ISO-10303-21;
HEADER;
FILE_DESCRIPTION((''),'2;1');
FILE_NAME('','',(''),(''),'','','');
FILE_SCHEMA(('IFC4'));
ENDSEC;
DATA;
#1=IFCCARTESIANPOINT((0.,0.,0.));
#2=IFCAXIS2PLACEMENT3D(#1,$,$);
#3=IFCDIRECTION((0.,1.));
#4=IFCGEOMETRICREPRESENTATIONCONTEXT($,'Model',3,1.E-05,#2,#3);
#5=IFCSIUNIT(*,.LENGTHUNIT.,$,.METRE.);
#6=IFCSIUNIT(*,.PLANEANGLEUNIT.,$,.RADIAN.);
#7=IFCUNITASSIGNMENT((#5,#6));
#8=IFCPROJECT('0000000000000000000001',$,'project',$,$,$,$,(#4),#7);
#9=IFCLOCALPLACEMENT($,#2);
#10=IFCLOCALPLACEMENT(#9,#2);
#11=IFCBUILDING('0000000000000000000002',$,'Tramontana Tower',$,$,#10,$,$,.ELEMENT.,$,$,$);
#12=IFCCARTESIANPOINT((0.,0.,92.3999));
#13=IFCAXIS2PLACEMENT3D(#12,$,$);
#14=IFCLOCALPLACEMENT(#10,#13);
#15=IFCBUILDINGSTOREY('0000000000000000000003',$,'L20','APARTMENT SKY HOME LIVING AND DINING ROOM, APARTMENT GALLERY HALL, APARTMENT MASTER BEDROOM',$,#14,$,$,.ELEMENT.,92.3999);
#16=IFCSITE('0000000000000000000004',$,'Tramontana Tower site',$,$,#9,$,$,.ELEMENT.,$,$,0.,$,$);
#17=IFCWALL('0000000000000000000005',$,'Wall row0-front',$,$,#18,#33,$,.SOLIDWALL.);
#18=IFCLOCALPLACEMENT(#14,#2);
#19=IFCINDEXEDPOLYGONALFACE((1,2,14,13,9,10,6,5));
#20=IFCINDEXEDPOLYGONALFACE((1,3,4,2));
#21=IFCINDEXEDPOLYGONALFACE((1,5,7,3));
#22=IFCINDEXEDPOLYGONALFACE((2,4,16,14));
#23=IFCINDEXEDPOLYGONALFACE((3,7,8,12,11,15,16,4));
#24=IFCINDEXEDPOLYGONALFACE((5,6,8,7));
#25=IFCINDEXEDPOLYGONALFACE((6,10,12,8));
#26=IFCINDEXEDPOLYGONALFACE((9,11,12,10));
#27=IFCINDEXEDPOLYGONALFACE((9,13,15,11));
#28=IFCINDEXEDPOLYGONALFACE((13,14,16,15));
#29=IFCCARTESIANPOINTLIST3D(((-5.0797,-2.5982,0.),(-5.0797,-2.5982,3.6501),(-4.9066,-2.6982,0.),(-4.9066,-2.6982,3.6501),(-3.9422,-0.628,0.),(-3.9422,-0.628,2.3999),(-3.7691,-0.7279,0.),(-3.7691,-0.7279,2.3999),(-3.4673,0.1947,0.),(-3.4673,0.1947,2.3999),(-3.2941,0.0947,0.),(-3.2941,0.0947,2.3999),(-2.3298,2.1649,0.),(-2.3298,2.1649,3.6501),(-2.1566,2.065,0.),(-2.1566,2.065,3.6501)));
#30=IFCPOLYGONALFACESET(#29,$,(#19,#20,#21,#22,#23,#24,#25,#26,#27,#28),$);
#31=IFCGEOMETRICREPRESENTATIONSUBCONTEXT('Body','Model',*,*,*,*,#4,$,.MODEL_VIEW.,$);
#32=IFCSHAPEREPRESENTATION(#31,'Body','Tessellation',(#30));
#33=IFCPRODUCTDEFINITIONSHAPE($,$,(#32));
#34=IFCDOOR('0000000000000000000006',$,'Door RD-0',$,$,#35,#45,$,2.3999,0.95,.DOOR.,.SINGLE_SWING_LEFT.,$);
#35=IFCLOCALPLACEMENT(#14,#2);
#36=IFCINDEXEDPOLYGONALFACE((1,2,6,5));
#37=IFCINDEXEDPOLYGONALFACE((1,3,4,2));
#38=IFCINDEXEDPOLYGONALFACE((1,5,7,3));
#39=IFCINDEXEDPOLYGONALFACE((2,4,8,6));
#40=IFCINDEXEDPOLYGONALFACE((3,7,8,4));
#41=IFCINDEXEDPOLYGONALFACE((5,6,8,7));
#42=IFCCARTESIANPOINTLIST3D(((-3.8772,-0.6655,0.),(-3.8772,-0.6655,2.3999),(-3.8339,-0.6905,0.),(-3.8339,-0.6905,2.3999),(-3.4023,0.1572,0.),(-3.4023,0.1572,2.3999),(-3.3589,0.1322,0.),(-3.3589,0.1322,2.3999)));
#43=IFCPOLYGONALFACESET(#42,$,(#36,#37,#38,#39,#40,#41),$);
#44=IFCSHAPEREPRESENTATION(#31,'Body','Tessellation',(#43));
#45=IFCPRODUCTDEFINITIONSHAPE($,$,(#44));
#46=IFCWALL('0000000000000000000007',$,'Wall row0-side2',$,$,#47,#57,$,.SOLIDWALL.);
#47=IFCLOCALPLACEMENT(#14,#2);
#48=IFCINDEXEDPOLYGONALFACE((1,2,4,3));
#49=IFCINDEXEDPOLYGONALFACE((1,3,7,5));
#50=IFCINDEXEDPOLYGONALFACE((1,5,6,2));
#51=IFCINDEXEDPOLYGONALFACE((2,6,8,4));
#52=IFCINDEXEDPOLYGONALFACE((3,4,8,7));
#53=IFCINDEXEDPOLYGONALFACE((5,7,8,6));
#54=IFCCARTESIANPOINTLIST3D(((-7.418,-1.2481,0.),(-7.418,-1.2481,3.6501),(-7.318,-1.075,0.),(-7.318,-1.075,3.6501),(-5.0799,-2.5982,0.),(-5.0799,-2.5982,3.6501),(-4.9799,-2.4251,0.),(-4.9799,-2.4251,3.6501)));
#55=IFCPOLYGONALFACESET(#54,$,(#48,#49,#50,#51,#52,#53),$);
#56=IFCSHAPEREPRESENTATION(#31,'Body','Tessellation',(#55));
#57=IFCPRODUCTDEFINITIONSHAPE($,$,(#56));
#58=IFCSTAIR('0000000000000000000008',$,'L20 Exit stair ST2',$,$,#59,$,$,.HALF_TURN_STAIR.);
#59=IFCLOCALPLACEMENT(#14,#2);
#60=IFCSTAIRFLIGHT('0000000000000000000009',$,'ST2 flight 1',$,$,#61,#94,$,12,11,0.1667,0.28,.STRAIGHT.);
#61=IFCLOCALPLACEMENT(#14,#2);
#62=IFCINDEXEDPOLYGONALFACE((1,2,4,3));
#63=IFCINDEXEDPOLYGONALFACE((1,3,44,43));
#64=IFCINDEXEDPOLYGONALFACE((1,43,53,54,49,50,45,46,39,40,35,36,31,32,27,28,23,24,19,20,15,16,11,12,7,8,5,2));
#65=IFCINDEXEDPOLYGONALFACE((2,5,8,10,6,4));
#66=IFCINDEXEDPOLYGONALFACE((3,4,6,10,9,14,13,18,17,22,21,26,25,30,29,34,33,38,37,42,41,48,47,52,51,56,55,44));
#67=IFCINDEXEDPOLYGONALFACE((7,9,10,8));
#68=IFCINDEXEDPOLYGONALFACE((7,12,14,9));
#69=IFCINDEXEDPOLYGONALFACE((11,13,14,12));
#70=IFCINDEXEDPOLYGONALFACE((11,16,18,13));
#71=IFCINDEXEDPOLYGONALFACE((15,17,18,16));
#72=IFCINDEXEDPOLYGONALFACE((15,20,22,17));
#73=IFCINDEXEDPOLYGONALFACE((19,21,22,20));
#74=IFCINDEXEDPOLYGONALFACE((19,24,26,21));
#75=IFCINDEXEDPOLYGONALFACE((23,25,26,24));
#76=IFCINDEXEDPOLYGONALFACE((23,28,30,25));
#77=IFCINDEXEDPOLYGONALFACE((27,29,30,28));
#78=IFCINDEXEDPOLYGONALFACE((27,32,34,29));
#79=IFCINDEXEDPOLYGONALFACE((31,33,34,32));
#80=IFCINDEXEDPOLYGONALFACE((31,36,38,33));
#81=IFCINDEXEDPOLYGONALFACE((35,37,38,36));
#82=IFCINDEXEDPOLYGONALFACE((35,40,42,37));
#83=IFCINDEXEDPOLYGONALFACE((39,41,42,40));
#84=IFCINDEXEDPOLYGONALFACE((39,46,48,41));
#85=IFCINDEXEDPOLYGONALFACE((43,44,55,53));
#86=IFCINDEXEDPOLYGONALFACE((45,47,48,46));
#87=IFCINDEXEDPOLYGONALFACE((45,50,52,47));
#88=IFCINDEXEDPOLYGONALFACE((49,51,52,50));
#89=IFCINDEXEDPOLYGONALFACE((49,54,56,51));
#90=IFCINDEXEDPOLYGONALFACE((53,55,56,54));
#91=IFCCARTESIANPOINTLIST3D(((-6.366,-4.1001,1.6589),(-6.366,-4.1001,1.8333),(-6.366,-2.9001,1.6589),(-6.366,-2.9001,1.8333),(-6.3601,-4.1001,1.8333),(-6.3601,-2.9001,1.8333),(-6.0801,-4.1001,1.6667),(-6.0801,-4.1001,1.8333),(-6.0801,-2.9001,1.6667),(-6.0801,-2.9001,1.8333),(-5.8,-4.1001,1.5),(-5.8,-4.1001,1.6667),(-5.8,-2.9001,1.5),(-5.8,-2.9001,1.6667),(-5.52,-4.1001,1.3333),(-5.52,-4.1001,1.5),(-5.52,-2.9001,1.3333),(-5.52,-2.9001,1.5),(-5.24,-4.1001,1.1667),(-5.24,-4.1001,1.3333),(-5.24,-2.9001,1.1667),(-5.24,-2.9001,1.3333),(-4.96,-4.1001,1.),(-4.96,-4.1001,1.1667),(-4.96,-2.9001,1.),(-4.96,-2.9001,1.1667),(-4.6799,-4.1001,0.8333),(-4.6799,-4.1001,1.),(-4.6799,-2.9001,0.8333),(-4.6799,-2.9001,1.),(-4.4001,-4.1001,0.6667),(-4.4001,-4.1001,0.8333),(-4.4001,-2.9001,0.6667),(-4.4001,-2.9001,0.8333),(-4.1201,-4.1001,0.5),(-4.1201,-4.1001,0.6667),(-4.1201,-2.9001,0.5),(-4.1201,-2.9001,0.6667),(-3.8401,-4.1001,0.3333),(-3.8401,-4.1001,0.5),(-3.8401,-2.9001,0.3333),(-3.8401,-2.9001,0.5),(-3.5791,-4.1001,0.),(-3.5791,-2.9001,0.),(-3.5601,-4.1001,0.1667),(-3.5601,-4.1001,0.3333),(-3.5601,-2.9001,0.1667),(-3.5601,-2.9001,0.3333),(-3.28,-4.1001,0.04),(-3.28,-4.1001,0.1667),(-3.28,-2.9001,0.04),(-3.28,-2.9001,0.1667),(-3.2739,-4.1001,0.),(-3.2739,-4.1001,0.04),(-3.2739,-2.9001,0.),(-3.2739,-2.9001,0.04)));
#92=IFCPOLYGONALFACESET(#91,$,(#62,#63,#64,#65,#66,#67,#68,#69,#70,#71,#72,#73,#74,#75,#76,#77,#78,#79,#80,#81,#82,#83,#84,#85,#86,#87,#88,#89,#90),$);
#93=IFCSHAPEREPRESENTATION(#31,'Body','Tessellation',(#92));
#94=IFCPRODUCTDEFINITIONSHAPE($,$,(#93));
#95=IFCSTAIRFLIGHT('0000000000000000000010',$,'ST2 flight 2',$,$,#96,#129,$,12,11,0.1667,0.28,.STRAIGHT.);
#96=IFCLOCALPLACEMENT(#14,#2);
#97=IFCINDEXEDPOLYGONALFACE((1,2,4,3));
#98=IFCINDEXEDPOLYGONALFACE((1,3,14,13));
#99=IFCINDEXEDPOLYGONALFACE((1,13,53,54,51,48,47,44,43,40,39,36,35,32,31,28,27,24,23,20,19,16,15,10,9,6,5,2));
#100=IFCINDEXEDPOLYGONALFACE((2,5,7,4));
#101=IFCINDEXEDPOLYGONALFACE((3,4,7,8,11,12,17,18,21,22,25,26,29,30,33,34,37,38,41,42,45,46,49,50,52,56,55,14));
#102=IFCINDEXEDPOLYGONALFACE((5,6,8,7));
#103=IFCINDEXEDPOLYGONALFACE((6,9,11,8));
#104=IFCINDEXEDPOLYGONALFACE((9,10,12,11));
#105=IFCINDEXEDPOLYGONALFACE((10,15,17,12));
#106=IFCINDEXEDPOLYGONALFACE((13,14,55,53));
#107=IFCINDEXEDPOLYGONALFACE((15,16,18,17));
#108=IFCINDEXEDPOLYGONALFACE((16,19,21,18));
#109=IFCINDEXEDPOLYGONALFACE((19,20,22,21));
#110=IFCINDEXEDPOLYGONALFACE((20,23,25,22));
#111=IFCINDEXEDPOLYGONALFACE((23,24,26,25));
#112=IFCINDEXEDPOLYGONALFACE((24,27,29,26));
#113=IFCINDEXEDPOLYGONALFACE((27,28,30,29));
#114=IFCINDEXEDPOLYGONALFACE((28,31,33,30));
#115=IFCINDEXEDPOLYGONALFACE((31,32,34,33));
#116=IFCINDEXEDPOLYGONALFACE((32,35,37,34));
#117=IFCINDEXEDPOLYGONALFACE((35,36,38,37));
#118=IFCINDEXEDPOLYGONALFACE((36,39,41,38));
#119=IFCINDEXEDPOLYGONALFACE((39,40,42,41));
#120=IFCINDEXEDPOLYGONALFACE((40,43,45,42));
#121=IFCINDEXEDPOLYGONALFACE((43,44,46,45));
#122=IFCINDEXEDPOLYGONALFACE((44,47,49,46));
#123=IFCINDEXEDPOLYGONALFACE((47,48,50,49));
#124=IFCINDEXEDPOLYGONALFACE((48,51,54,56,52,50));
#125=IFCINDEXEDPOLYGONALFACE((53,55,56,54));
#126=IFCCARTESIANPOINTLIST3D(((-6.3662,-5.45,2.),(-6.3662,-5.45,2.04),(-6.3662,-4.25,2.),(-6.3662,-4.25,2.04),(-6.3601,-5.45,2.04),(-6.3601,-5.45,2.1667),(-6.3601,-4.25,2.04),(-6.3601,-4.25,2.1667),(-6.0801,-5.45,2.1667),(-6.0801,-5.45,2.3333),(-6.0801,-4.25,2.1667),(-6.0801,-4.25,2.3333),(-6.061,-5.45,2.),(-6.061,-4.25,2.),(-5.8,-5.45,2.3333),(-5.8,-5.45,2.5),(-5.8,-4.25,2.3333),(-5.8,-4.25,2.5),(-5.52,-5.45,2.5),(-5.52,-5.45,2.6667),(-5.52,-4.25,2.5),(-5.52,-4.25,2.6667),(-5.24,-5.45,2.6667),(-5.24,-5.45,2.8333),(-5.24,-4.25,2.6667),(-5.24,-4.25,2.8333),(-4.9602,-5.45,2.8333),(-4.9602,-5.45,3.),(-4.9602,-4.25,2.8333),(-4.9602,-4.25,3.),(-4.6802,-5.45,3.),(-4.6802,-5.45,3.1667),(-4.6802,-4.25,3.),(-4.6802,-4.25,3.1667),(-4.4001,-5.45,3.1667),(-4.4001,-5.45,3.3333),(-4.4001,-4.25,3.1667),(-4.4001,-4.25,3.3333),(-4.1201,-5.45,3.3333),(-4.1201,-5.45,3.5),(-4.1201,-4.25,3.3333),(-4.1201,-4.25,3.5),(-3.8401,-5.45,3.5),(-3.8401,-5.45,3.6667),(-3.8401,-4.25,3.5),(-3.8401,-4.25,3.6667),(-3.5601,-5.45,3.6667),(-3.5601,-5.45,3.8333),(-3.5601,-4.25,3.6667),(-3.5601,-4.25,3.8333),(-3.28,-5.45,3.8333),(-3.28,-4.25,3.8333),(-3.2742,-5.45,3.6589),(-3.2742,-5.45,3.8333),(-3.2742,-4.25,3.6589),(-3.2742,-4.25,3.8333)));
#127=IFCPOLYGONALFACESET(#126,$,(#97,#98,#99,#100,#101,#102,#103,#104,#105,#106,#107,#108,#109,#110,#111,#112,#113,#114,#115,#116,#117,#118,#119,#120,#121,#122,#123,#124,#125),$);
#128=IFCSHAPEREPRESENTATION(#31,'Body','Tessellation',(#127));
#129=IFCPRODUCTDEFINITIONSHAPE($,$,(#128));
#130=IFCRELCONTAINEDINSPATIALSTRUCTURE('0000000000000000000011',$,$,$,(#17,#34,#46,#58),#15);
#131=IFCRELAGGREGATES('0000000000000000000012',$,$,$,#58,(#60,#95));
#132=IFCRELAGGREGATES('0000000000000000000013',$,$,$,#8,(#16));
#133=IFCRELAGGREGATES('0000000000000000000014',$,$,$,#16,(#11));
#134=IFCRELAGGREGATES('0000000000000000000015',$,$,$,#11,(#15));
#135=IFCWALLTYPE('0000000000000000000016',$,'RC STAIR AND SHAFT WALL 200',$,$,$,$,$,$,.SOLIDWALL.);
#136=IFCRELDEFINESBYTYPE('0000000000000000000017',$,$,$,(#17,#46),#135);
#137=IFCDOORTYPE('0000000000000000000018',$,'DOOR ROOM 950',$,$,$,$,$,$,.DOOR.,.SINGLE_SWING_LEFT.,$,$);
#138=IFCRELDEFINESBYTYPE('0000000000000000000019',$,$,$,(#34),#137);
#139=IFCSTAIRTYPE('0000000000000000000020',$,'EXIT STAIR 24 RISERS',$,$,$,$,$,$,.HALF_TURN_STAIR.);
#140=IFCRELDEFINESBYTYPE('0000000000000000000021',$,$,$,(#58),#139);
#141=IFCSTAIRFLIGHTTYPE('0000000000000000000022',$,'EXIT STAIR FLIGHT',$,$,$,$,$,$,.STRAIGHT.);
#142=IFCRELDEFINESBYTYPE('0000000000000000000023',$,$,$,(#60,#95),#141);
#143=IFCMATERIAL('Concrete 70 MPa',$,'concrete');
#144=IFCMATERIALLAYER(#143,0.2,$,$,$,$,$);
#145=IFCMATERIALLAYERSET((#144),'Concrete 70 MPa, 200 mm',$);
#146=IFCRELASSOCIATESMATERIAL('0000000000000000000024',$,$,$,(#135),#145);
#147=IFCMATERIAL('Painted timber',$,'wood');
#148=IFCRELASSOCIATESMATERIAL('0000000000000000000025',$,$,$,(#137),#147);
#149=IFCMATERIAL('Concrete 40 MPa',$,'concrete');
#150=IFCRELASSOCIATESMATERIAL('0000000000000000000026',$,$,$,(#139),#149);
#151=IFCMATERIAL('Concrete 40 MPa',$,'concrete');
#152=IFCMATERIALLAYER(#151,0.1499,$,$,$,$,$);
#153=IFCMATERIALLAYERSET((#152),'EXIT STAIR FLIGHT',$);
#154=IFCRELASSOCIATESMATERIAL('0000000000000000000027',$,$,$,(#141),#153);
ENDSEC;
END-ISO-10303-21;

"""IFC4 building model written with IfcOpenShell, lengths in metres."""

from ifc_helpers import new_model, si_unit, direction, frame, frame_2d, origin, place, context, subcontext, project, spatial, polyline, rectangle, outline, extrude, material, layer, layer_set, type_object, element, fill, aggregate, save


model = new_model("IFC4")

# Units and contexts
model_context = context("Model", 3, precision=1e-05, world=origin(), true_north=direction((0.0, 1.0)))
body_context = subcontext(model_context, "Body", "Model", "MODEL_VIEW")
ifc_project = project(units=[si_unit("LENGTHUNIT", "METRE"), si_unit("PLANEANGLEUNIT", "RADIAN")], contexts=[model_context])

# Site, building, storey
site_placement = place(None, origin())
site = spatial("IfcSite", under=ifc_project, at=site_placement, Name="Tramontana Tower site", CompositionType="ELEMENT", RefElevation=0.0)
building_placement = place(site_placement, origin())
building = spatial("IfcBuilding", under=site, at=building_placement, Name="Tramontana Tower", CompositionType="ELEMENT")
storey_placement = place(building_placement, frame((0.0, 0.0, 92.3999)))
storey = spatial("IfcBuildingStorey", under=building, at=storey_placement, Name="L20", Description="APARTMENT SKY HOME LIVING AND DINING ROOM, APARTMENT GALLERY HALL, APARTMENT MASTER BEDROOM", CompositionType="ELEMENT", Elevation=92.3999)

# Shared definitions
ifc_material_1 = material(Name="Concrete 70 MPa", Category="concrete")
ifc_layer_1 = layer(ifc_material_1, 0.2)
ifc_layer_set_1 = layer_set([ifc_layer_1], Name="Concrete 70 MPa, 200 mm")
wall_type_1 = type_object("IfcWallType", Name="RC STAIR AND SHAFT WALL 200", PredefinedType="SOLIDWALL", material=ifc_layer_set_1)

# Wall, opening, door
wall_1_placement = place(storey_placement, frame((-4.9932, -2.6482, 0.0), z_axis=(0.0, 0.0, 1.0), x_axis=(0.499997, 0.866027, 0.0)))
wall_1 = element("IfcWall", 1, at=wall_1_placement, inside=storey, type_object=wall_type_1, Name="Wall row0-front", PredefinedType="SOLIDWALL", context=body_context, shape_type="SweptSolid", body=[
    extrude(rectangle(XDim=5.5, YDim=0.2, at=frame_2d((2.75, 0.0))), origin(), (0.0, 0.0, 1.0), 3.6501),
])
opening_1_placement = place(wall_1_placement, frame((2.2749, 0.0, 0.0)))
opening_1 = element("IfcOpeningElement", 2, at=opening_1_placement, cuts=wall_1, PredefinedType="OPENING", context=body_context, shape_type="SweptSolid", body=[
    extrude(rectangle(XDim=0.95, YDim=2.3999, at=frame_2d((0.4751, 1.2))), frame((0.0, 0.1099, 0.0), z_axis=(0.0, -1.0, 0.0), x_axis=(1.0, 0.0, 0.0)), (0.0, 0.0, 1.0), 0.22),
])
ifc_material_2 = material(Name="Painted timber", Category="wood")
door_type_1 = type_object("IfcDoorType", Name="DOOR ROOM 950", OperationType="SINGLE_SWING_LEFT", PredefinedType="DOOR", material=ifc_material_2)
door_1_placement = place(opening_1_placement, origin())
door_1 = element("IfcDoor", 3, at=door_1_placement, inside=storey, type_object=door_type_1, Name="Door RD-0", OperationType="SINGLE_SWING_LEFT", OverallHeight=2.3999, OverallWidth=0.95, PredefinedType="DOOR", context=body_context, shape_type="SweptSolid", body=[
    extrude(rectangle(XDim=0.95, YDim=2.3999, at=frame_2d((0.4751, 1.2))), frame((0.0, 0.0249, 0.0), z_axis=(0.0, -1.0, 0.0), x_axis=(1.0, 0.0, 0.0)), (0.0, 0.0, 1.0), 0.05),
])
fill(opening_1, door_1)

# Wall
wall_2_placement = place(storey_placement, frame((-5.0298, -2.5117, 0.0), z_axis=(0.0, 0.0, 1.0), x_axis=(-0.865997, 0.500049, 0.0)))
element("IfcWall", 4, at=wall_2_placement, inside=storey, type_object=wall_type_1, Name="Wall row0-side2", PredefinedType="SOLIDWALL", context=body_context, shape_type="SweptSolid", body=[
    extrude(rectangle(XDim=2.7, YDim=0.2, at=frame_2d((1.3501, 0.0))), origin(), (0.0, 0.0, 1.0), 3.6501),
])

# Stair, stair flights
ifc_material_3 = material(Name="Concrete 40 MPa", Category="concrete")
stair_type = type_object("IfcStairType", Name="EXIT STAIR 24 RISERS", PredefinedType="HALF_TURN_STAIR", material=ifc_material_3)
stair_placement = place(storey_placement, origin())
stair = element("IfcStair", 5, at=stair_placement, inside=storey, type_object=stair_type, Name="L20 Exit stair ST2", PredefinedType="HALF_TURN_STAIR")
ifc_material_4 = material(Name="Concrete 40 MPa", Category="concrete")
ifc_layer_2 = layer(ifc_material_4, 0.1499)
ifc_layer_set_2 = layer_set([ifc_layer_2], Name="EXIT STAIR FLIGHT")
stair_flight_type = type_object("IfcStairFlightType", Name="EXIT STAIR FLIGHT", PredefinedType="STRAIGHT", material=ifc_layer_set_2)
stair_flight_1_placement = place(storey_placement, frame((-3.28, -3.5, 0.0), z_axis=(0.0, 0.0, 1.0), x_axis=(-1.0, 0.0, 0.0)))
stair_flight_1 = element("IfcStairFlight", 6, at=stair_flight_1_placement, type_object=stair_flight_type, Name="ST2 flight 1", NumberOfRisers=12, NumberOfTreads=11, PredefinedType="STRAIGHT", RiserHeight=0.1667, TreadLength=0.28, context=body_context, shape_type="SweptSolid", body=[
    extrude(outline(polyline([(-0.0061, 0.0), (-0.0061, 0.04), (0.0, 0.04), (0.0, 0.1667), (0.28, 0.1667), (0.28, 0.3333), (0.5601, 0.3333), (0.5601, 0.5), (0.8401, 0.5), (0.8401, 0.6667), (1.1201, 0.6667), (1.1201, 0.8333), (1.3999, 0.8333), (1.3999, 1.0), (1.6799, 1.0), (1.6799, 1.1667), (1.96, 1.1667), (1.96, 1.3333), (2.24, 1.3333), (2.24, 1.5), (2.52, 1.5), (2.52, 1.6667), (2.8, 1.6667), (2.8, 1.8333), (3.0801, 1.8333), (3.0859, 1.8333), (3.0859, 1.6589), (0.2991, 0.0), (-0.0061, 0.0)])), frame((0.0, 0.6001, 0.0), z_axis=(0.0, -1.0, 0.0), x_axis=(1.0, 0.0, 0.0)), (0.0, 0.0, 1.0), 1.2),
])
stair_flight_2_placement = place(storey_placement, frame((-6.3601, -4.8501, 2.0), z_axis=(0.0, 0.0, 1.0), x_axis=(1.0, 0.0, 0.0)))
stair_flight_2 = element("IfcStairFlight", 7, at=stair_flight_2_placement, type_object=stair_flight_type, Name="ST2 flight 2", NumberOfRisers=12, NumberOfTreads=11, PredefinedType="STRAIGHT", RiserHeight=0.1667, TreadLength=0.28, context=body_context, shape_type="SweptSolid", body=[
    extrude(outline(polyline([(-0.0061, 0.0), (-0.0061, 0.04), (0.0, 0.04), (0.0, 0.1667), (0.28, 0.1667), (0.28, 0.3333), (0.5601, 0.3333), (0.5601, 0.5), (0.8401, 0.5), (0.8401, 0.6667), (1.1201, 0.6667), (1.1201, 0.8333), (1.3999, 0.8333), (1.3999, 1.0), (1.6799, 1.0), (1.6799, 1.1667), (1.96, 1.1667), (1.96, 1.3333), (2.24, 1.3333), (2.24, 1.5), (2.52, 1.5), (2.52, 1.6667), (2.8, 1.6667), (2.8, 1.8333), (3.0801, 1.8333), (3.0859, 1.8333), (3.0859, 1.6589), (0.2991, 0.0), (-0.0061, 0.0)])), frame((0.0, 0.6001, 0.0), z_axis=(0.0, -1.0, 0.0), x_axis=(1.0, 0.0, 0.0)), (0.0, 0.0, 1.0), 1.2),
])
aggregate(stair, [stair_flight_1, stair_flight_2])

save(model, "model.ifc")
